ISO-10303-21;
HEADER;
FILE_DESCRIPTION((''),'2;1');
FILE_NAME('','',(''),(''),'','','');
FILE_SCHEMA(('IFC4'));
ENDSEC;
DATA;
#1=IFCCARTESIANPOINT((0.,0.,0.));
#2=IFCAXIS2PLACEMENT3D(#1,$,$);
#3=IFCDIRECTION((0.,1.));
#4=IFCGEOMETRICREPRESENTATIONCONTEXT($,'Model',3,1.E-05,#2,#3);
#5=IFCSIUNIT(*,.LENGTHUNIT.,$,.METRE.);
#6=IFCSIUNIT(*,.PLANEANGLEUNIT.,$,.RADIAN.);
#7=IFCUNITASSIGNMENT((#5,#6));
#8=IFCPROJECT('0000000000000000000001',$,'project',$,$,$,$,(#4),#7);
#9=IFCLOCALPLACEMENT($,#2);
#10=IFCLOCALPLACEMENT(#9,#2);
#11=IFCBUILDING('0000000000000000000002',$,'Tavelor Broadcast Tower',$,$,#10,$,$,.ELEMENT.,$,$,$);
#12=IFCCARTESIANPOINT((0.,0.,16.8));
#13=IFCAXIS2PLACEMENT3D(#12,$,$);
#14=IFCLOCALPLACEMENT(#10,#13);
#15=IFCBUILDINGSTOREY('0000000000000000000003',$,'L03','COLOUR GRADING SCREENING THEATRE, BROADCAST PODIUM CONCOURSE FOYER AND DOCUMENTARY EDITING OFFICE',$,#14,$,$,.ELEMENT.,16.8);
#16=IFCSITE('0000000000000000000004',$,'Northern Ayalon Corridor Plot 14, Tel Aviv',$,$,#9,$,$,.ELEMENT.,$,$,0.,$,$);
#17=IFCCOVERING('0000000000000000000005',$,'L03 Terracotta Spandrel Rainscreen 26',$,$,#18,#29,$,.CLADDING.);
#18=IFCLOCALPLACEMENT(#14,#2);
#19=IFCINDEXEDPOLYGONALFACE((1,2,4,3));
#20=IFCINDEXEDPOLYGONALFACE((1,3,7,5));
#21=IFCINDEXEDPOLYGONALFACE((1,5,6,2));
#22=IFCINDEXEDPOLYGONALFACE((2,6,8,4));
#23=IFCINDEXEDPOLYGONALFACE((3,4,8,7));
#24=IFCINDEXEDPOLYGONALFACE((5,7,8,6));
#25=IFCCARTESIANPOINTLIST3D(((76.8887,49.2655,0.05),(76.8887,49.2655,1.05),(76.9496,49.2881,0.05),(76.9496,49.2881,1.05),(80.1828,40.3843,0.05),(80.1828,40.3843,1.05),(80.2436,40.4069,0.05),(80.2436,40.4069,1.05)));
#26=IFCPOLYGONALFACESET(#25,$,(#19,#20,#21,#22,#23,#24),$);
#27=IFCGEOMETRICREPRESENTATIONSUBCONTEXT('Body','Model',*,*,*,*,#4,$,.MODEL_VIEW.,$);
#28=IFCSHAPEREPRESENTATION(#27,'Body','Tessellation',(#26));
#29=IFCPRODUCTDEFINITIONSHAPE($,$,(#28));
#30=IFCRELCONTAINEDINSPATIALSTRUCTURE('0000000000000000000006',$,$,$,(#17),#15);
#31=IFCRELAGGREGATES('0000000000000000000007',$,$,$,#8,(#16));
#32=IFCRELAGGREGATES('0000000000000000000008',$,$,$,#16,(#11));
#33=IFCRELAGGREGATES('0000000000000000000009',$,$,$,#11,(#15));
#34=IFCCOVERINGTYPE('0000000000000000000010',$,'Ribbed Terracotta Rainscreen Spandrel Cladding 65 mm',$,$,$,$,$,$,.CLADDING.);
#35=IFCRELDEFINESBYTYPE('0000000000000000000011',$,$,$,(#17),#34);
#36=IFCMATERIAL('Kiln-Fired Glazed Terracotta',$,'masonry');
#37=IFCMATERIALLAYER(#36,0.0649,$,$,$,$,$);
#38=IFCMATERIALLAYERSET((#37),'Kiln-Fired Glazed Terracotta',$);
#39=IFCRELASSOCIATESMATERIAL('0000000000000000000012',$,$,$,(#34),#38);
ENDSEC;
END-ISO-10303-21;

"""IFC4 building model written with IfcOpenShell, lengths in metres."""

from ifc_helpers import new_model, si_unit, direction, frame, origin, origin_2d, place, context, subcontext, project, spatial, rectangle, extrude, material, layer, layer_set, type_object, element, save


model = new_model("IFC4")

# Units and contexts
model_context = context("Model", 3, precision=1e-05, world=origin(), true_north=direction((0.0, 1.0)))
body_context = subcontext(model_context, "Body", "Model", "MODEL_VIEW")
ifc_project = project(units=[si_unit("LENGTHUNIT", "METRE"), si_unit("PLANEANGLEUNIT", "RADIAN")], contexts=[model_context])

# Site, building, storey
site_placement = place(None, origin())
site = spatial("IfcSite", under=ifc_project, at=site_placement, Name="Northern Ayalon Corridor Plot 14, Tel Aviv", CompositionType="ELEMENT", RefElevation=0.0)
building_placement = place(site_placement, origin())
building = spatial("IfcBuilding", under=site, at=building_placement, Name="Tavelor Broadcast Tower", CompositionType="ELEMENT")
storey_placement = place(building_placement, frame((0.0, 0.0, 16.8)))
storey = spatial("IfcBuildingStorey", under=building, at=storey_placement, Name="L03", Description="COLOUR GRADING SCREENING THEATRE, BROADCAST PODIUM CONCOURSE FOYER AND DOCUMENTARY EDITING OFFICE", CompositionType="ELEMENT", Elevation=16.8)

# Covering
ifc_material_1 = material(Name="Kiln-Fired Glazed Terracotta", Category="masonry")
ifc_layer_1 = layer(ifc_material_1, 0.0649)
ifc_layer_set_1 = layer_set([ifc_layer_1], Name="Kiln-Fired Glazed Terracotta")
covering_type = type_object("IfcCoveringType", Name="Ribbed Terracotta Rainscreen Spandrel Cladding 65 mm", PredefinedType="CLADDING", material=ifc_layer_set_1)
covering_placement = place(storey_placement, frame((78.5662, 44.8362, 0.05), z_axis=(0.0, 0.0, 1.0), x_axis=(-0.347754, 0.937586, 0.0)))
element("IfcCovering", 1, at=covering_placement, inside=storey, type_object=covering_type, Name="L03 Terracotta Spandrel Rainscreen 26", PredefinedType="CLADDING", context=body_context, shape_type="SweptSolid", body=[
    extrude(rectangle(XDim=9.4724, YDim=0.0649, at=origin_2d()), origin(), (0.0, 0.0, 1.0), 1.0),
])

save(model, "model.ifc")
